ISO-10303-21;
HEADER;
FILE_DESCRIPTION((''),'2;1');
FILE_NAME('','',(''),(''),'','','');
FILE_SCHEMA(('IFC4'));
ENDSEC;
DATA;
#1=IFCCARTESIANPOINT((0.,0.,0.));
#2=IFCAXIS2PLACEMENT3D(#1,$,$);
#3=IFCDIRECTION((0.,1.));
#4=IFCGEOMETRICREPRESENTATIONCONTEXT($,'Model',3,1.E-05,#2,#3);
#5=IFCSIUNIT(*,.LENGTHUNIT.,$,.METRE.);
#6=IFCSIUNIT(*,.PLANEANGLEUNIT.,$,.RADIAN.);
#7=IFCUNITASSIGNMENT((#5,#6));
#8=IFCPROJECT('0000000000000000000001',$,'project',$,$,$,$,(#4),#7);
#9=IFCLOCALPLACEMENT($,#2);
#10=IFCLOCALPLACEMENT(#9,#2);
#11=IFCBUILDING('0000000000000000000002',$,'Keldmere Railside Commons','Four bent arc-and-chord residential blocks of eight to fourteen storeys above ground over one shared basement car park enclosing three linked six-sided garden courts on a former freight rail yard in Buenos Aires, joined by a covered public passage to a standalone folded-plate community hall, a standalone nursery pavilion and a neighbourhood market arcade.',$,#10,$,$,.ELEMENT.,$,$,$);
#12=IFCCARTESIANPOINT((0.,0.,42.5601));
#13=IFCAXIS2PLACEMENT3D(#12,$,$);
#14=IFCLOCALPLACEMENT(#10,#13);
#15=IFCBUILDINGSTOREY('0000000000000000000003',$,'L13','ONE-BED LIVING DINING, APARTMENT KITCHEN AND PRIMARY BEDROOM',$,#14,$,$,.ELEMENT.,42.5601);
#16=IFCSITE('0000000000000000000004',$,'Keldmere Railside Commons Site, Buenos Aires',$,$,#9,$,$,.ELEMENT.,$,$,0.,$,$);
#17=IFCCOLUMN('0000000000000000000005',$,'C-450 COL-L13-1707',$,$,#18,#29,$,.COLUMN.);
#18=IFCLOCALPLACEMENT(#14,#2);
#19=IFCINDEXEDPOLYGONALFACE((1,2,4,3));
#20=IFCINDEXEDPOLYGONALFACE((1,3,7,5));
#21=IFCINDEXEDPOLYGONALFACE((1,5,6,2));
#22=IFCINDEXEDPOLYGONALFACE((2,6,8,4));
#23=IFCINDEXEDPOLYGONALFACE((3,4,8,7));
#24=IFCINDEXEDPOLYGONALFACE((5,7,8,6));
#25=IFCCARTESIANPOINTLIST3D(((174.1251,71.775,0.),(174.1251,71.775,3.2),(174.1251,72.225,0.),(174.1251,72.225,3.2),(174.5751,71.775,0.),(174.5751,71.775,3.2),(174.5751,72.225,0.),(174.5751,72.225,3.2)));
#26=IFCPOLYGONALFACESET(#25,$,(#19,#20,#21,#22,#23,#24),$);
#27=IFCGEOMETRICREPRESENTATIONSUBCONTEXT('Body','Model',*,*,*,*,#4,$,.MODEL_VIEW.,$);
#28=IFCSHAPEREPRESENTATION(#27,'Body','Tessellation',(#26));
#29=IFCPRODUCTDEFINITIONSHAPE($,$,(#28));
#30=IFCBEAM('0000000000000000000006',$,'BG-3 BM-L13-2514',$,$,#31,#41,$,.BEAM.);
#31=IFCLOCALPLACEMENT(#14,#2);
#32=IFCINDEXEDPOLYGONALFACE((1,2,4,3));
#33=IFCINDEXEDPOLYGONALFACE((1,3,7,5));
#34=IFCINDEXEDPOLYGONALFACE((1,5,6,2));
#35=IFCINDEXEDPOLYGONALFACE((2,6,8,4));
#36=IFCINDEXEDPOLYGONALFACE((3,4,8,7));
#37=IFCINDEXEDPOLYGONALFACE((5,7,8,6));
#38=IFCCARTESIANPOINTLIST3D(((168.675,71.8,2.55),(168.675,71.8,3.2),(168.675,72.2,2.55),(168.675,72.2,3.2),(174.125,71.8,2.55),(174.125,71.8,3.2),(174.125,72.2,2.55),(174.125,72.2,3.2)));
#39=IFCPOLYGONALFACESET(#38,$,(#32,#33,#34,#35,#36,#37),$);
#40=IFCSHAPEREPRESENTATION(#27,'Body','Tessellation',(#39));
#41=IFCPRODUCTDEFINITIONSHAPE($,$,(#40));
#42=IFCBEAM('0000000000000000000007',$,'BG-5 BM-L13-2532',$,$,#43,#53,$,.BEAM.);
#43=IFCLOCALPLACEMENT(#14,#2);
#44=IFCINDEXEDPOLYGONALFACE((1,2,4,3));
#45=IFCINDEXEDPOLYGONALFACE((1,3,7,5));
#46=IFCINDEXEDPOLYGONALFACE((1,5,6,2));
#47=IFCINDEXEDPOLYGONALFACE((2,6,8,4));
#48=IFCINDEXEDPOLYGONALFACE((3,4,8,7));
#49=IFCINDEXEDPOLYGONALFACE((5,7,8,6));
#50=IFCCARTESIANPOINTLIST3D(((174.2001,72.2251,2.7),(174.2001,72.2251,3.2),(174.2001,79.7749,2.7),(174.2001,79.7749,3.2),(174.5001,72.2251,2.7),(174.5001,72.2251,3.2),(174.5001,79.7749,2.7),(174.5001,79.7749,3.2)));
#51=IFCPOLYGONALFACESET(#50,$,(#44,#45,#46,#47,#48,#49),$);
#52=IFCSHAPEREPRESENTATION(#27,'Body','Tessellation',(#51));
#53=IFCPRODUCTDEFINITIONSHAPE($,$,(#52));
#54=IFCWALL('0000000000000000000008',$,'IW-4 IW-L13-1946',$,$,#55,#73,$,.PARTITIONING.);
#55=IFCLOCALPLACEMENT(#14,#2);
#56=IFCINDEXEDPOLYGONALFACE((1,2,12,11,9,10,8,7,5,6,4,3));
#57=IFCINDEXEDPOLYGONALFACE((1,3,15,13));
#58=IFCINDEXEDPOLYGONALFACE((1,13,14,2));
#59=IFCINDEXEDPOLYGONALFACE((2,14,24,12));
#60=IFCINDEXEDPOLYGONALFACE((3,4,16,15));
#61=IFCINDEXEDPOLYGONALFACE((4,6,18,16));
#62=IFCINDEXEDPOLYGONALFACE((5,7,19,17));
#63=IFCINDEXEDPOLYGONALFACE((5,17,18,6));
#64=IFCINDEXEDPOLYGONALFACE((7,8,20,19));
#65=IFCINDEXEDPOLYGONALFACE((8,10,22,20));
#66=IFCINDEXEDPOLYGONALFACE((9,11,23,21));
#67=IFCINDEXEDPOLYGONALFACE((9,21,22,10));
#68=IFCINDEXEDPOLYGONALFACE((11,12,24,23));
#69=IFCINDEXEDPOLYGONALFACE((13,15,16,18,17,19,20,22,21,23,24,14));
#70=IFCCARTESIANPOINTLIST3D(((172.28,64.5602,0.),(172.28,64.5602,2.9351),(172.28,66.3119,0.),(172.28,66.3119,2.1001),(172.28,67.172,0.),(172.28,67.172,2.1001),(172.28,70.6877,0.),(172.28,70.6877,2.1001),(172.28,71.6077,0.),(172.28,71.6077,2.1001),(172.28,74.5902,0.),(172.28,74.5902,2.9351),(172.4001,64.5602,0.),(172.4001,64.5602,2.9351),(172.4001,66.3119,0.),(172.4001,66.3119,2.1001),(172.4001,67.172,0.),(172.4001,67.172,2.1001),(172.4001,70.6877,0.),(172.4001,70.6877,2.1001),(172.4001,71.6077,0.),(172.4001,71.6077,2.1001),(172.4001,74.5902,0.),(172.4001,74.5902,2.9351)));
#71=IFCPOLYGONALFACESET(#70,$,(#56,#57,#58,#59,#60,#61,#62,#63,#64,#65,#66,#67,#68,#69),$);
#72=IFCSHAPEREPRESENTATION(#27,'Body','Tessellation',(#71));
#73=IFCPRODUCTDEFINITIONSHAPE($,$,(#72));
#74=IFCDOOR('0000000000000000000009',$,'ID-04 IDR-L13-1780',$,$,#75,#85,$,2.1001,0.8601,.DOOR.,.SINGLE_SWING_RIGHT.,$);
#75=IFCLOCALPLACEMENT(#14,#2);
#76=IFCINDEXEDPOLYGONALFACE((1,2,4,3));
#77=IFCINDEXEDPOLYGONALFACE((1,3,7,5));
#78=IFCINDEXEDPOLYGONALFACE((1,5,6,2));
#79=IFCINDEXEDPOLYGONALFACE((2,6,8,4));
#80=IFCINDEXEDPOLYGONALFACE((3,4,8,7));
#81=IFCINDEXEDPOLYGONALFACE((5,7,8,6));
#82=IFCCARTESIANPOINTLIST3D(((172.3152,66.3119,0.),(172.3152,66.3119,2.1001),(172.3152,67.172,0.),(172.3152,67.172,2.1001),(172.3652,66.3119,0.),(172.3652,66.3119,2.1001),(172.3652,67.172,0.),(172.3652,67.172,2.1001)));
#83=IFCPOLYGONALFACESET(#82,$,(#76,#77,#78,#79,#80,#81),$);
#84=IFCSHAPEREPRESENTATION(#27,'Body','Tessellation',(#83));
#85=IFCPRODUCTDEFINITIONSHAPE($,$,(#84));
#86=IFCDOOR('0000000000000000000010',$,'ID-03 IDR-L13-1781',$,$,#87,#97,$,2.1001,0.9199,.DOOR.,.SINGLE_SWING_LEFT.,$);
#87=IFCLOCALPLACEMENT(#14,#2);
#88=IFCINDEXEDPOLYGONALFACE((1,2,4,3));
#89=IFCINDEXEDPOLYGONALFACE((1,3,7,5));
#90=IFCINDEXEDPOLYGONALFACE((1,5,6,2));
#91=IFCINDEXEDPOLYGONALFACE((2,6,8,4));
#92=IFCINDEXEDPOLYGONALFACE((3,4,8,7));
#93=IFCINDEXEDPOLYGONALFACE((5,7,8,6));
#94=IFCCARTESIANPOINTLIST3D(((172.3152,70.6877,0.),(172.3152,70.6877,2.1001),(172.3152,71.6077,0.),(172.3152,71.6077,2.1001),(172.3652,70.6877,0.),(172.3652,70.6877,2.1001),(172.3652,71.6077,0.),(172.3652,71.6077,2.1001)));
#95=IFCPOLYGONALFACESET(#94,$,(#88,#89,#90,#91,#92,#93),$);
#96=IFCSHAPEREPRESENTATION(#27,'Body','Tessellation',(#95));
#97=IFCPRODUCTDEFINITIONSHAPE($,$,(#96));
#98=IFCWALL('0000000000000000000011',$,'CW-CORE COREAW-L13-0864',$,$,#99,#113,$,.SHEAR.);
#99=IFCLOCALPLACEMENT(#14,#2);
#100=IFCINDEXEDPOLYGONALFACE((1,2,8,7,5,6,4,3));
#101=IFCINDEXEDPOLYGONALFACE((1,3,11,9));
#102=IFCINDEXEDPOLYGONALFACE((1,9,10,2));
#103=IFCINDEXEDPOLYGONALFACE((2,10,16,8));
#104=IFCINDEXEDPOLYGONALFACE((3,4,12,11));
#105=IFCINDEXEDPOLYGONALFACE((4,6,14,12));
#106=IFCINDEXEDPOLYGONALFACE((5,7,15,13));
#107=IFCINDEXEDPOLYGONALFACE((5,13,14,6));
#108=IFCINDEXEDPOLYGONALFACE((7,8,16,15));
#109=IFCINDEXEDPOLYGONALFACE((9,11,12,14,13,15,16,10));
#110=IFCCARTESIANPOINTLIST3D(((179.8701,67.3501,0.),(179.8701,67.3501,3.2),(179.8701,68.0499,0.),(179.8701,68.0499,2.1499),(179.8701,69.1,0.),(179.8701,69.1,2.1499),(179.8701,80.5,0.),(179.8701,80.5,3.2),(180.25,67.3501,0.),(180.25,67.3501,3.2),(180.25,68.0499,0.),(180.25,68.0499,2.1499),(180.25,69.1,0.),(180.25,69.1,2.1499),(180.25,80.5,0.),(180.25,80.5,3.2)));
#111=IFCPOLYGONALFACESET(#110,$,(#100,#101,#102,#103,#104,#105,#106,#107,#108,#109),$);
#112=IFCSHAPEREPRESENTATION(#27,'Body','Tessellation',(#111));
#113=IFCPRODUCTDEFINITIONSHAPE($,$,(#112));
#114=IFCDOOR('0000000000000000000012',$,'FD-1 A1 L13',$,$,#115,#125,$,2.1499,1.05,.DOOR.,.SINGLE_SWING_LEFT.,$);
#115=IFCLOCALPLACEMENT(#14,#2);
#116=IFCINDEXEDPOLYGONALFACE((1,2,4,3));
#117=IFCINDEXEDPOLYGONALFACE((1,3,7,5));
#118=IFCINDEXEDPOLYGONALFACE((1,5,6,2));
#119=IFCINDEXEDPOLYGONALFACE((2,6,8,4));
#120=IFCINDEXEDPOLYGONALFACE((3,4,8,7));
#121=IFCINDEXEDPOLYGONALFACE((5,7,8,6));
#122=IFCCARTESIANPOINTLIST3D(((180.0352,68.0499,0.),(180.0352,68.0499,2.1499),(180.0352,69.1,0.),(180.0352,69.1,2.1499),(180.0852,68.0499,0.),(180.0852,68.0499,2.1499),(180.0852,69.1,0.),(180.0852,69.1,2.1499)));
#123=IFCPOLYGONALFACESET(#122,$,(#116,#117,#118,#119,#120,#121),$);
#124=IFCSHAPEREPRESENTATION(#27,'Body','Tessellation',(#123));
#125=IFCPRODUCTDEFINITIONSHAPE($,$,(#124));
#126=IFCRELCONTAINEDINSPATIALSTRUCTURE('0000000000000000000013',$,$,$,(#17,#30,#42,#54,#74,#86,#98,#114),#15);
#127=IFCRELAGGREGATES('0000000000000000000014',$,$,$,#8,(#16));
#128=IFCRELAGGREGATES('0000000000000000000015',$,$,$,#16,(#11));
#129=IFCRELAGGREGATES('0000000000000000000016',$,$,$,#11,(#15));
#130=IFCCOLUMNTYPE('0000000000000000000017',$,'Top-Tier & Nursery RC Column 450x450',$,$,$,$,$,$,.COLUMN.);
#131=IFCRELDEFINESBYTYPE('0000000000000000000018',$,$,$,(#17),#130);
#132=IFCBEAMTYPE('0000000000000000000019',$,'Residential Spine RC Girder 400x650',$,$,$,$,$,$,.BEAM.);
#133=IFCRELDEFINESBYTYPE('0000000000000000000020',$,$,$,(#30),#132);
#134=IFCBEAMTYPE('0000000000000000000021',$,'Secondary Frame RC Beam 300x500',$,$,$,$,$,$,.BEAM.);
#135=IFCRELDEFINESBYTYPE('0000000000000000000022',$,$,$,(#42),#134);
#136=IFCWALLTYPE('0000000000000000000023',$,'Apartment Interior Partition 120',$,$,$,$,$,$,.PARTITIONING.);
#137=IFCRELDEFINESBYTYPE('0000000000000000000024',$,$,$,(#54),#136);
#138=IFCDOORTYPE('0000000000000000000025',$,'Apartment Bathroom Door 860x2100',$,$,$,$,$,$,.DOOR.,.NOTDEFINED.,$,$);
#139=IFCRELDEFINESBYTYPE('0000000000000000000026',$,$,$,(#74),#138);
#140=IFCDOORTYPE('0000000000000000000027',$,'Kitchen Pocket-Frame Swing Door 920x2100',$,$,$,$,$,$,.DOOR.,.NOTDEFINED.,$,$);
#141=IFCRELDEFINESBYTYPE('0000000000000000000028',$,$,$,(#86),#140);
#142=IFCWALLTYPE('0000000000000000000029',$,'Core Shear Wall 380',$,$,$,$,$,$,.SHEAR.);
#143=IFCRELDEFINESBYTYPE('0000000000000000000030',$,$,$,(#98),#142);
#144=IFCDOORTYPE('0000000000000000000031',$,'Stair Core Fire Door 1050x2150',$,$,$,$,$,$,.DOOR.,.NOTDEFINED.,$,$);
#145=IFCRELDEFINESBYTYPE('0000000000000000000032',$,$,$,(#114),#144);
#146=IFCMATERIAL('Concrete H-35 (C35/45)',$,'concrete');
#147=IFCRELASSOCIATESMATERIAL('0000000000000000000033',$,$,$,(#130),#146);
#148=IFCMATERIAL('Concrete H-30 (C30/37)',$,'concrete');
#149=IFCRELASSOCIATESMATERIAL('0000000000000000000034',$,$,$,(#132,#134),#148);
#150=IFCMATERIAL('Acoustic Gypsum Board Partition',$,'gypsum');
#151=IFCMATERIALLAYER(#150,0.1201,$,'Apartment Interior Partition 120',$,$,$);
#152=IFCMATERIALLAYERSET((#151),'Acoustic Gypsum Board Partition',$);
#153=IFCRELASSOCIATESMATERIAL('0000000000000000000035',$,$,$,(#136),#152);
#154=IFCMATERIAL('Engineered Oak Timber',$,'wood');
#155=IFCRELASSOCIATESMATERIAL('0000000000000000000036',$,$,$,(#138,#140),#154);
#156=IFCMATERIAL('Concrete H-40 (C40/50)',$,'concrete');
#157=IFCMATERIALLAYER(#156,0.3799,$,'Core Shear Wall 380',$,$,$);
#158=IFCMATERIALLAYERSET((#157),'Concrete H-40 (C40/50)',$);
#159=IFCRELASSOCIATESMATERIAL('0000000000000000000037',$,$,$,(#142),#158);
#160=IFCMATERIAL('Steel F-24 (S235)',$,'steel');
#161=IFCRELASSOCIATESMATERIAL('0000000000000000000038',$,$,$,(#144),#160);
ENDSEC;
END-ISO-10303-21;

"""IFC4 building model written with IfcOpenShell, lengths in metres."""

from ifc_helpers import new_model, si_unit, direction, frame, frame_2d, origin, origin_2d, place, context, subcontext, project, spatial, rectangle, extrude, material, layer, layer_set, material_profile, profile_set, type_object, element, fill, save


model = new_model("IFC4")

# Units and contexts
model_context = context("Model", 3, precision=1e-05, world=origin(), true_north=direction((0.0, 1.0)))
body_context = subcontext(model_context, "Body", "Model", "MODEL_VIEW")
ifc_project = project(units=[si_unit("LENGTHUNIT", "METRE"), si_unit("PLANEANGLEUNIT", "RADIAN")], contexts=[model_context])

# Site, building, storey
site_placement = place(None, origin())
site = spatial("IfcSite", under=ifc_project, at=site_placement, Name="Keldmere Railside Commons Site, Buenos Aires", CompositionType="ELEMENT", RefElevation=0.0)
building_placement = place(site_placement, origin())
building = spatial("IfcBuilding", under=site, at=building_placement, Name="Keldmere Railside Commons", Description="Four bent arc-and-chord residential blocks of eight to fourteen storeys above ground over one shared basement car park enclosing three linked six-sided garden courts on a former freight rail yard in Buenos Aires, joined by a covered public passage to a standalone folded-plate community hall, a standalone nursery pavilion and a neighbourhood market arcade.", CompositionType="ELEMENT")
storey_placement = place(building_placement, frame((0.0, 0.0, 42.5601)))
storey = spatial("IfcBuildingStorey", under=building, at=storey_placement, Name="L13", Description="ONE-BED LIVING DINING, APARTMENT KITCHEN AND PRIMARY BEDROOM", CompositionType="ELEMENT", Elevation=42.5601)

# Column
ifc_material_1 = material(Name="Concrete H-35 (C35/45)", Category="concrete")
ifc_material_profile_1 = material_profile(ifc_material_1, rectangle(XDim=0.45, YDim=0.45, at=origin_2d()), Name="RC-450x450")
ifc_profile_set_1 = profile_set([ifc_material_profile_1], Name="Concrete H-35 (C35/45)")
column_type = type_object("IfcColumnType", Name="Top-Tier & Nursery RC Column 450x450", PredefinedType="COLUMN", material=ifc_profile_set_1)
column_placement = place(storey_placement, frame((174.3501, 72.0, 0.0), z_axis=(0.0, 0.0, 1.0), x_axis=(1.0, 0.0, 0.0)))
element("IfcColumn", 1, at=column_placement, inside=storey, type_object=column_type, Name="C-450 COL-L13-1707", PredefinedType="COLUMN", context=body_context, shape_type="SweptSolid", body=[
    extrude(rectangle(XDim=0.45, YDim=0.45, at=origin_2d()), origin(), (0.0, 0.0, 1.0), 3.2),
])

# Beams
ifc_material_2 = material(Name="Concrete H-30 (C30/37)", Category="concrete")
ifc_material_profile_2 = material_profile(ifc_material_2, rectangle(XDim=0.3999, YDim=0.6499, at=origin_2d()), Name="RC-400x650")
ifc_profile_set_2 = profile_set([ifc_material_profile_2], Name="Concrete H-30 (C30/37)")
beam_type_1 = type_object("IfcBeamType", Name="Residential Spine RC Girder 400x650", PredefinedType="BEAM", material=ifc_profile_set_2)
beam_1_placement = place(storey_placement, frame((168.675, 72.0, 2.875), z_axis=(1.0, 0.0, 0.0), x_axis=(0.0, 1.0, 0.0)))
element("IfcBeam", 2, at=beam_1_placement, inside=storey, type_object=beam_type_1, Name="BG-3 BM-L13-2514", PredefinedType="BEAM", context=body_context, shape_type="SweptSolid", body=[
    extrude(rectangle(XDim=0.3999, YDim=0.6499, at=origin_2d()), origin(), (0.0, 0.0, 1.0), 5.45),
])
ifc_material_profile_3 = material_profile(ifc_material_2, rectangle(XDim=0.3, YDim=0.5, at=origin_2d()), Name="RC-300x500")
ifc_profile_set_3 = profile_set([ifc_material_profile_3], Name="Concrete H-30 (C30/37)")
beam_type_2 = type_object("IfcBeamType", Name="Secondary Frame RC Beam 300x500", PredefinedType="BEAM", material=ifc_profile_set_3)
beam_2_placement = place(storey_placement, frame((174.3501, 72.2251, 2.95), z_axis=(0.0, 1.0, 0.0), x_axis=(-1.0, 0.0, 0.0)))
element("IfcBeam", 3, at=beam_2_placement, inside=storey, type_object=beam_type_2, Name="BG-5 BM-L13-2532", PredefinedType="BEAM", context=body_context, shape_type="SweptSolid", body=[
    extrude(rectangle(XDim=0.3, YDim=0.5, at=origin_2d()), origin(), (0.0, 0.0, 1.0), 7.5498),
])

# Wall, openings, doors
ifc_material_3 = material(Name="Acoustic Gypsum Board Partition", Category="gypsum")
ifc_layer_1 = layer(ifc_material_3, 0.1201, Name="Apartment Interior Partition 120")
ifc_layer_set_1 = layer_set([ifc_layer_1], Name="Acoustic Gypsum Board Partition")
wall_type_1 = type_object("IfcWallType", Name="Apartment Interior Partition 120", PredefinedType="PARTITIONING", material=ifc_layer_set_1)
wall_1_placement = place(storey_placement, frame((172.3401, 64.5601, 0.0), z_axis=(0.0, 0.0, 1.0), x_axis=(0.0, 1.0, 0.0)))
wall_1 = element("IfcWall", 4, at=wall_1_placement, inside=storey, type_object=wall_type_1, Name="IW-4 IW-L13-1946", PredefinedType="PARTITIONING", context=body_context, shape_type="SweptSolid", body=[
    extrude(rectangle(XDim=10.03, YDim=0.1201, at=frame_2d((5.0151, 0.0))), origin(), (0.0, 0.0, 1.0), 2.9351),
])
opening_1_placement = place(wall_1_placement, frame((1.7517, 0.0, 0.0)))
opening_1 = element("IfcOpeningElement", 5, at=opening_1_placement, cuts=wall_1, PredefinedType="OPENING", context=body_context, shape_type="SweptSolid", body=[
    extrude(rectangle(XDim=0.8601, YDim=2.1001, at=frame_2d((0.4302, 1.05))), frame((0.0, 0.0701, 0.0), z_axis=(0.0, -1.0, 0.0), x_axis=(1.0, 0.0, 0.0)), (0.0, 0.0, 1.0), 0.1401),
])
opening_2_placement = place(wall_1_placement, frame((6.1277, 0.0, 0.0)))
opening_2 = element("IfcOpeningElement", 6, at=opening_2_placement, cuts=wall_1, PredefinedType="OPENING", context=body_context, shape_type="SweptSolid", body=[
    extrude(rectangle(XDim=0.9199, YDim=2.1001, at=frame_2d((0.46, 1.05))), frame((0.0, 0.0701, 0.0), z_axis=(0.0, -1.0, 0.0), x_axis=(1.0, 0.0, 0.0)), (0.0, 0.0, 1.0), 0.1401),
])
ifc_material_4 = material(Name="Engineered Oak Timber", Category="wood")
door_type_1 = type_object("IfcDoorType", Name="Apartment Bathroom Door 860x2100", OperationType="NOTDEFINED", PredefinedType="DOOR", material=ifc_material_4)
door_1_placement = place(opening_1_placement, origin())
door_1 = element("IfcDoor", 7, at=door_1_placement, inside=storey, type_object=door_type_1, Name="ID-04 IDR-L13-1780", OperationType="SINGLE_SWING_RIGHT", OverallHeight=2.1001, OverallWidth=0.8601, PredefinedType="DOOR", context=body_context, shape_type="SweptSolid", body=[
    extrude(rectangle(XDim=0.8601, YDim=2.1001, at=frame_2d((0.4302, 1.05))), frame((0.0, 0.0249, 0.0), z_axis=(0.0, -1.0, 0.0), x_axis=(1.0, 0.0, 0.0)), (0.0, 0.0, 1.0), 0.05),
])
fill(opening_1, door_1)
door_type_2 = type_object("IfcDoorType", Name="Kitchen Pocket-Frame Swing Door 920x2100", OperationType="NOTDEFINED", PredefinedType="DOOR", material=ifc_material_4)
door_2_placement = place(opening_2_placement, origin())
door_2 = element("IfcDoor", 8, at=door_2_placement, inside=storey, type_object=door_type_2, Name="ID-03 IDR-L13-1781", OperationType="SINGLE_SWING_LEFT", OverallHeight=2.1001, OverallWidth=0.9199, PredefinedType="DOOR", context=body_context, shape_type="SweptSolid", body=[
    extrude(rectangle(XDim=0.9199, YDim=2.1001, at=frame_2d((0.46, 1.05))), frame((0.0, 0.0249, 0.0), z_axis=(0.0, -1.0, 0.0), x_axis=(1.0, 0.0, 0.0)), (0.0, 0.0, 1.0), 0.05),
])
fill(opening_2, door_2)

# Wall, opening, door
ifc_material_5 = material(Name="Concrete H-40 (C40/50)", Category="concrete")
ifc_layer_2 = layer(ifc_material_5, 0.3799, Name="Core Shear Wall 380")
ifc_layer_set_2 = layer_set([ifc_layer_2], Name="Concrete H-40 (C40/50)")
wall_type_2 = type_object("IfcWallType", Name="Core Shear Wall 380", PredefinedType="SHEAR", material=ifc_layer_set_2)
wall_2_placement = place(storey_placement, frame((180.0601, 67.3501, 0.0), z_axis=(0.0, 0.0, 1.0), x_axis=(0.0, 1.0, 0.0)))
wall_2 = element("IfcWall", 9, at=wall_2_placement, inside=storey, type_object=wall_type_2, Name="CW-CORE COREAW-L13-0864", PredefinedType="SHEAR", context=body_context, shape_type="SweptSolid", body=[
    extrude(rectangle(XDim=13.1499, YDim=0.3799, at=frame_2d((6.575, 0.0))), origin(), (0.0, 0.0, 1.0), 3.2),
])
opening_3_placement = place(wall_2_placement, frame((0.7, 0.0, 0.0)))
opening_3 = element("IfcOpeningElement", 10, at=opening_3_placement, cuts=wall_2, PredefinedType="OPENING", context=body_context, shape_type="SweptSolid", body=[
    extrude(rectangle(XDim=1.05, YDim=2.1499, at=frame_2d((0.5249, 1.075))), frame((0.0, 0.2, 0.0), z_axis=(0.0, -1.0, 0.0), x_axis=(1.0, 0.0, 0.0)), (0.0, 0.0, 1.0), 0.3999),
])
ifc_material_6 = material(Name="Steel F-24 (S235)", Category="steel")
door_type_3 = type_object("IfcDoorType", Name="Stair Core Fire Door 1050x2150", OperationType="NOTDEFINED", PredefinedType="DOOR", material=ifc_material_6)
door_3_placement = place(opening_3_placement, origin())
door_3 = element("IfcDoor", 11, at=door_3_placement, inside=storey, type_object=door_type_3, Name="FD-1 A1 L13", OperationType="SINGLE_SWING_LEFT", OverallHeight=2.1499, OverallWidth=1.05, PredefinedType="DOOR", context=body_context, shape_type="SweptSolid", body=[
    extrude(rectangle(XDim=1.05, YDim=2.1499, at=frame_2d((0.5249, 1.075))), frame((0.0, 0.0249, 0.0), z_axis=(0.0, -1.0, 0.0), x_axis=(1.0, 0.0, 0.0)), (0.0, 0.0, 1.0), 0.05),
])
fill(opening_3, door_3)

save(model, "model.ifc")
